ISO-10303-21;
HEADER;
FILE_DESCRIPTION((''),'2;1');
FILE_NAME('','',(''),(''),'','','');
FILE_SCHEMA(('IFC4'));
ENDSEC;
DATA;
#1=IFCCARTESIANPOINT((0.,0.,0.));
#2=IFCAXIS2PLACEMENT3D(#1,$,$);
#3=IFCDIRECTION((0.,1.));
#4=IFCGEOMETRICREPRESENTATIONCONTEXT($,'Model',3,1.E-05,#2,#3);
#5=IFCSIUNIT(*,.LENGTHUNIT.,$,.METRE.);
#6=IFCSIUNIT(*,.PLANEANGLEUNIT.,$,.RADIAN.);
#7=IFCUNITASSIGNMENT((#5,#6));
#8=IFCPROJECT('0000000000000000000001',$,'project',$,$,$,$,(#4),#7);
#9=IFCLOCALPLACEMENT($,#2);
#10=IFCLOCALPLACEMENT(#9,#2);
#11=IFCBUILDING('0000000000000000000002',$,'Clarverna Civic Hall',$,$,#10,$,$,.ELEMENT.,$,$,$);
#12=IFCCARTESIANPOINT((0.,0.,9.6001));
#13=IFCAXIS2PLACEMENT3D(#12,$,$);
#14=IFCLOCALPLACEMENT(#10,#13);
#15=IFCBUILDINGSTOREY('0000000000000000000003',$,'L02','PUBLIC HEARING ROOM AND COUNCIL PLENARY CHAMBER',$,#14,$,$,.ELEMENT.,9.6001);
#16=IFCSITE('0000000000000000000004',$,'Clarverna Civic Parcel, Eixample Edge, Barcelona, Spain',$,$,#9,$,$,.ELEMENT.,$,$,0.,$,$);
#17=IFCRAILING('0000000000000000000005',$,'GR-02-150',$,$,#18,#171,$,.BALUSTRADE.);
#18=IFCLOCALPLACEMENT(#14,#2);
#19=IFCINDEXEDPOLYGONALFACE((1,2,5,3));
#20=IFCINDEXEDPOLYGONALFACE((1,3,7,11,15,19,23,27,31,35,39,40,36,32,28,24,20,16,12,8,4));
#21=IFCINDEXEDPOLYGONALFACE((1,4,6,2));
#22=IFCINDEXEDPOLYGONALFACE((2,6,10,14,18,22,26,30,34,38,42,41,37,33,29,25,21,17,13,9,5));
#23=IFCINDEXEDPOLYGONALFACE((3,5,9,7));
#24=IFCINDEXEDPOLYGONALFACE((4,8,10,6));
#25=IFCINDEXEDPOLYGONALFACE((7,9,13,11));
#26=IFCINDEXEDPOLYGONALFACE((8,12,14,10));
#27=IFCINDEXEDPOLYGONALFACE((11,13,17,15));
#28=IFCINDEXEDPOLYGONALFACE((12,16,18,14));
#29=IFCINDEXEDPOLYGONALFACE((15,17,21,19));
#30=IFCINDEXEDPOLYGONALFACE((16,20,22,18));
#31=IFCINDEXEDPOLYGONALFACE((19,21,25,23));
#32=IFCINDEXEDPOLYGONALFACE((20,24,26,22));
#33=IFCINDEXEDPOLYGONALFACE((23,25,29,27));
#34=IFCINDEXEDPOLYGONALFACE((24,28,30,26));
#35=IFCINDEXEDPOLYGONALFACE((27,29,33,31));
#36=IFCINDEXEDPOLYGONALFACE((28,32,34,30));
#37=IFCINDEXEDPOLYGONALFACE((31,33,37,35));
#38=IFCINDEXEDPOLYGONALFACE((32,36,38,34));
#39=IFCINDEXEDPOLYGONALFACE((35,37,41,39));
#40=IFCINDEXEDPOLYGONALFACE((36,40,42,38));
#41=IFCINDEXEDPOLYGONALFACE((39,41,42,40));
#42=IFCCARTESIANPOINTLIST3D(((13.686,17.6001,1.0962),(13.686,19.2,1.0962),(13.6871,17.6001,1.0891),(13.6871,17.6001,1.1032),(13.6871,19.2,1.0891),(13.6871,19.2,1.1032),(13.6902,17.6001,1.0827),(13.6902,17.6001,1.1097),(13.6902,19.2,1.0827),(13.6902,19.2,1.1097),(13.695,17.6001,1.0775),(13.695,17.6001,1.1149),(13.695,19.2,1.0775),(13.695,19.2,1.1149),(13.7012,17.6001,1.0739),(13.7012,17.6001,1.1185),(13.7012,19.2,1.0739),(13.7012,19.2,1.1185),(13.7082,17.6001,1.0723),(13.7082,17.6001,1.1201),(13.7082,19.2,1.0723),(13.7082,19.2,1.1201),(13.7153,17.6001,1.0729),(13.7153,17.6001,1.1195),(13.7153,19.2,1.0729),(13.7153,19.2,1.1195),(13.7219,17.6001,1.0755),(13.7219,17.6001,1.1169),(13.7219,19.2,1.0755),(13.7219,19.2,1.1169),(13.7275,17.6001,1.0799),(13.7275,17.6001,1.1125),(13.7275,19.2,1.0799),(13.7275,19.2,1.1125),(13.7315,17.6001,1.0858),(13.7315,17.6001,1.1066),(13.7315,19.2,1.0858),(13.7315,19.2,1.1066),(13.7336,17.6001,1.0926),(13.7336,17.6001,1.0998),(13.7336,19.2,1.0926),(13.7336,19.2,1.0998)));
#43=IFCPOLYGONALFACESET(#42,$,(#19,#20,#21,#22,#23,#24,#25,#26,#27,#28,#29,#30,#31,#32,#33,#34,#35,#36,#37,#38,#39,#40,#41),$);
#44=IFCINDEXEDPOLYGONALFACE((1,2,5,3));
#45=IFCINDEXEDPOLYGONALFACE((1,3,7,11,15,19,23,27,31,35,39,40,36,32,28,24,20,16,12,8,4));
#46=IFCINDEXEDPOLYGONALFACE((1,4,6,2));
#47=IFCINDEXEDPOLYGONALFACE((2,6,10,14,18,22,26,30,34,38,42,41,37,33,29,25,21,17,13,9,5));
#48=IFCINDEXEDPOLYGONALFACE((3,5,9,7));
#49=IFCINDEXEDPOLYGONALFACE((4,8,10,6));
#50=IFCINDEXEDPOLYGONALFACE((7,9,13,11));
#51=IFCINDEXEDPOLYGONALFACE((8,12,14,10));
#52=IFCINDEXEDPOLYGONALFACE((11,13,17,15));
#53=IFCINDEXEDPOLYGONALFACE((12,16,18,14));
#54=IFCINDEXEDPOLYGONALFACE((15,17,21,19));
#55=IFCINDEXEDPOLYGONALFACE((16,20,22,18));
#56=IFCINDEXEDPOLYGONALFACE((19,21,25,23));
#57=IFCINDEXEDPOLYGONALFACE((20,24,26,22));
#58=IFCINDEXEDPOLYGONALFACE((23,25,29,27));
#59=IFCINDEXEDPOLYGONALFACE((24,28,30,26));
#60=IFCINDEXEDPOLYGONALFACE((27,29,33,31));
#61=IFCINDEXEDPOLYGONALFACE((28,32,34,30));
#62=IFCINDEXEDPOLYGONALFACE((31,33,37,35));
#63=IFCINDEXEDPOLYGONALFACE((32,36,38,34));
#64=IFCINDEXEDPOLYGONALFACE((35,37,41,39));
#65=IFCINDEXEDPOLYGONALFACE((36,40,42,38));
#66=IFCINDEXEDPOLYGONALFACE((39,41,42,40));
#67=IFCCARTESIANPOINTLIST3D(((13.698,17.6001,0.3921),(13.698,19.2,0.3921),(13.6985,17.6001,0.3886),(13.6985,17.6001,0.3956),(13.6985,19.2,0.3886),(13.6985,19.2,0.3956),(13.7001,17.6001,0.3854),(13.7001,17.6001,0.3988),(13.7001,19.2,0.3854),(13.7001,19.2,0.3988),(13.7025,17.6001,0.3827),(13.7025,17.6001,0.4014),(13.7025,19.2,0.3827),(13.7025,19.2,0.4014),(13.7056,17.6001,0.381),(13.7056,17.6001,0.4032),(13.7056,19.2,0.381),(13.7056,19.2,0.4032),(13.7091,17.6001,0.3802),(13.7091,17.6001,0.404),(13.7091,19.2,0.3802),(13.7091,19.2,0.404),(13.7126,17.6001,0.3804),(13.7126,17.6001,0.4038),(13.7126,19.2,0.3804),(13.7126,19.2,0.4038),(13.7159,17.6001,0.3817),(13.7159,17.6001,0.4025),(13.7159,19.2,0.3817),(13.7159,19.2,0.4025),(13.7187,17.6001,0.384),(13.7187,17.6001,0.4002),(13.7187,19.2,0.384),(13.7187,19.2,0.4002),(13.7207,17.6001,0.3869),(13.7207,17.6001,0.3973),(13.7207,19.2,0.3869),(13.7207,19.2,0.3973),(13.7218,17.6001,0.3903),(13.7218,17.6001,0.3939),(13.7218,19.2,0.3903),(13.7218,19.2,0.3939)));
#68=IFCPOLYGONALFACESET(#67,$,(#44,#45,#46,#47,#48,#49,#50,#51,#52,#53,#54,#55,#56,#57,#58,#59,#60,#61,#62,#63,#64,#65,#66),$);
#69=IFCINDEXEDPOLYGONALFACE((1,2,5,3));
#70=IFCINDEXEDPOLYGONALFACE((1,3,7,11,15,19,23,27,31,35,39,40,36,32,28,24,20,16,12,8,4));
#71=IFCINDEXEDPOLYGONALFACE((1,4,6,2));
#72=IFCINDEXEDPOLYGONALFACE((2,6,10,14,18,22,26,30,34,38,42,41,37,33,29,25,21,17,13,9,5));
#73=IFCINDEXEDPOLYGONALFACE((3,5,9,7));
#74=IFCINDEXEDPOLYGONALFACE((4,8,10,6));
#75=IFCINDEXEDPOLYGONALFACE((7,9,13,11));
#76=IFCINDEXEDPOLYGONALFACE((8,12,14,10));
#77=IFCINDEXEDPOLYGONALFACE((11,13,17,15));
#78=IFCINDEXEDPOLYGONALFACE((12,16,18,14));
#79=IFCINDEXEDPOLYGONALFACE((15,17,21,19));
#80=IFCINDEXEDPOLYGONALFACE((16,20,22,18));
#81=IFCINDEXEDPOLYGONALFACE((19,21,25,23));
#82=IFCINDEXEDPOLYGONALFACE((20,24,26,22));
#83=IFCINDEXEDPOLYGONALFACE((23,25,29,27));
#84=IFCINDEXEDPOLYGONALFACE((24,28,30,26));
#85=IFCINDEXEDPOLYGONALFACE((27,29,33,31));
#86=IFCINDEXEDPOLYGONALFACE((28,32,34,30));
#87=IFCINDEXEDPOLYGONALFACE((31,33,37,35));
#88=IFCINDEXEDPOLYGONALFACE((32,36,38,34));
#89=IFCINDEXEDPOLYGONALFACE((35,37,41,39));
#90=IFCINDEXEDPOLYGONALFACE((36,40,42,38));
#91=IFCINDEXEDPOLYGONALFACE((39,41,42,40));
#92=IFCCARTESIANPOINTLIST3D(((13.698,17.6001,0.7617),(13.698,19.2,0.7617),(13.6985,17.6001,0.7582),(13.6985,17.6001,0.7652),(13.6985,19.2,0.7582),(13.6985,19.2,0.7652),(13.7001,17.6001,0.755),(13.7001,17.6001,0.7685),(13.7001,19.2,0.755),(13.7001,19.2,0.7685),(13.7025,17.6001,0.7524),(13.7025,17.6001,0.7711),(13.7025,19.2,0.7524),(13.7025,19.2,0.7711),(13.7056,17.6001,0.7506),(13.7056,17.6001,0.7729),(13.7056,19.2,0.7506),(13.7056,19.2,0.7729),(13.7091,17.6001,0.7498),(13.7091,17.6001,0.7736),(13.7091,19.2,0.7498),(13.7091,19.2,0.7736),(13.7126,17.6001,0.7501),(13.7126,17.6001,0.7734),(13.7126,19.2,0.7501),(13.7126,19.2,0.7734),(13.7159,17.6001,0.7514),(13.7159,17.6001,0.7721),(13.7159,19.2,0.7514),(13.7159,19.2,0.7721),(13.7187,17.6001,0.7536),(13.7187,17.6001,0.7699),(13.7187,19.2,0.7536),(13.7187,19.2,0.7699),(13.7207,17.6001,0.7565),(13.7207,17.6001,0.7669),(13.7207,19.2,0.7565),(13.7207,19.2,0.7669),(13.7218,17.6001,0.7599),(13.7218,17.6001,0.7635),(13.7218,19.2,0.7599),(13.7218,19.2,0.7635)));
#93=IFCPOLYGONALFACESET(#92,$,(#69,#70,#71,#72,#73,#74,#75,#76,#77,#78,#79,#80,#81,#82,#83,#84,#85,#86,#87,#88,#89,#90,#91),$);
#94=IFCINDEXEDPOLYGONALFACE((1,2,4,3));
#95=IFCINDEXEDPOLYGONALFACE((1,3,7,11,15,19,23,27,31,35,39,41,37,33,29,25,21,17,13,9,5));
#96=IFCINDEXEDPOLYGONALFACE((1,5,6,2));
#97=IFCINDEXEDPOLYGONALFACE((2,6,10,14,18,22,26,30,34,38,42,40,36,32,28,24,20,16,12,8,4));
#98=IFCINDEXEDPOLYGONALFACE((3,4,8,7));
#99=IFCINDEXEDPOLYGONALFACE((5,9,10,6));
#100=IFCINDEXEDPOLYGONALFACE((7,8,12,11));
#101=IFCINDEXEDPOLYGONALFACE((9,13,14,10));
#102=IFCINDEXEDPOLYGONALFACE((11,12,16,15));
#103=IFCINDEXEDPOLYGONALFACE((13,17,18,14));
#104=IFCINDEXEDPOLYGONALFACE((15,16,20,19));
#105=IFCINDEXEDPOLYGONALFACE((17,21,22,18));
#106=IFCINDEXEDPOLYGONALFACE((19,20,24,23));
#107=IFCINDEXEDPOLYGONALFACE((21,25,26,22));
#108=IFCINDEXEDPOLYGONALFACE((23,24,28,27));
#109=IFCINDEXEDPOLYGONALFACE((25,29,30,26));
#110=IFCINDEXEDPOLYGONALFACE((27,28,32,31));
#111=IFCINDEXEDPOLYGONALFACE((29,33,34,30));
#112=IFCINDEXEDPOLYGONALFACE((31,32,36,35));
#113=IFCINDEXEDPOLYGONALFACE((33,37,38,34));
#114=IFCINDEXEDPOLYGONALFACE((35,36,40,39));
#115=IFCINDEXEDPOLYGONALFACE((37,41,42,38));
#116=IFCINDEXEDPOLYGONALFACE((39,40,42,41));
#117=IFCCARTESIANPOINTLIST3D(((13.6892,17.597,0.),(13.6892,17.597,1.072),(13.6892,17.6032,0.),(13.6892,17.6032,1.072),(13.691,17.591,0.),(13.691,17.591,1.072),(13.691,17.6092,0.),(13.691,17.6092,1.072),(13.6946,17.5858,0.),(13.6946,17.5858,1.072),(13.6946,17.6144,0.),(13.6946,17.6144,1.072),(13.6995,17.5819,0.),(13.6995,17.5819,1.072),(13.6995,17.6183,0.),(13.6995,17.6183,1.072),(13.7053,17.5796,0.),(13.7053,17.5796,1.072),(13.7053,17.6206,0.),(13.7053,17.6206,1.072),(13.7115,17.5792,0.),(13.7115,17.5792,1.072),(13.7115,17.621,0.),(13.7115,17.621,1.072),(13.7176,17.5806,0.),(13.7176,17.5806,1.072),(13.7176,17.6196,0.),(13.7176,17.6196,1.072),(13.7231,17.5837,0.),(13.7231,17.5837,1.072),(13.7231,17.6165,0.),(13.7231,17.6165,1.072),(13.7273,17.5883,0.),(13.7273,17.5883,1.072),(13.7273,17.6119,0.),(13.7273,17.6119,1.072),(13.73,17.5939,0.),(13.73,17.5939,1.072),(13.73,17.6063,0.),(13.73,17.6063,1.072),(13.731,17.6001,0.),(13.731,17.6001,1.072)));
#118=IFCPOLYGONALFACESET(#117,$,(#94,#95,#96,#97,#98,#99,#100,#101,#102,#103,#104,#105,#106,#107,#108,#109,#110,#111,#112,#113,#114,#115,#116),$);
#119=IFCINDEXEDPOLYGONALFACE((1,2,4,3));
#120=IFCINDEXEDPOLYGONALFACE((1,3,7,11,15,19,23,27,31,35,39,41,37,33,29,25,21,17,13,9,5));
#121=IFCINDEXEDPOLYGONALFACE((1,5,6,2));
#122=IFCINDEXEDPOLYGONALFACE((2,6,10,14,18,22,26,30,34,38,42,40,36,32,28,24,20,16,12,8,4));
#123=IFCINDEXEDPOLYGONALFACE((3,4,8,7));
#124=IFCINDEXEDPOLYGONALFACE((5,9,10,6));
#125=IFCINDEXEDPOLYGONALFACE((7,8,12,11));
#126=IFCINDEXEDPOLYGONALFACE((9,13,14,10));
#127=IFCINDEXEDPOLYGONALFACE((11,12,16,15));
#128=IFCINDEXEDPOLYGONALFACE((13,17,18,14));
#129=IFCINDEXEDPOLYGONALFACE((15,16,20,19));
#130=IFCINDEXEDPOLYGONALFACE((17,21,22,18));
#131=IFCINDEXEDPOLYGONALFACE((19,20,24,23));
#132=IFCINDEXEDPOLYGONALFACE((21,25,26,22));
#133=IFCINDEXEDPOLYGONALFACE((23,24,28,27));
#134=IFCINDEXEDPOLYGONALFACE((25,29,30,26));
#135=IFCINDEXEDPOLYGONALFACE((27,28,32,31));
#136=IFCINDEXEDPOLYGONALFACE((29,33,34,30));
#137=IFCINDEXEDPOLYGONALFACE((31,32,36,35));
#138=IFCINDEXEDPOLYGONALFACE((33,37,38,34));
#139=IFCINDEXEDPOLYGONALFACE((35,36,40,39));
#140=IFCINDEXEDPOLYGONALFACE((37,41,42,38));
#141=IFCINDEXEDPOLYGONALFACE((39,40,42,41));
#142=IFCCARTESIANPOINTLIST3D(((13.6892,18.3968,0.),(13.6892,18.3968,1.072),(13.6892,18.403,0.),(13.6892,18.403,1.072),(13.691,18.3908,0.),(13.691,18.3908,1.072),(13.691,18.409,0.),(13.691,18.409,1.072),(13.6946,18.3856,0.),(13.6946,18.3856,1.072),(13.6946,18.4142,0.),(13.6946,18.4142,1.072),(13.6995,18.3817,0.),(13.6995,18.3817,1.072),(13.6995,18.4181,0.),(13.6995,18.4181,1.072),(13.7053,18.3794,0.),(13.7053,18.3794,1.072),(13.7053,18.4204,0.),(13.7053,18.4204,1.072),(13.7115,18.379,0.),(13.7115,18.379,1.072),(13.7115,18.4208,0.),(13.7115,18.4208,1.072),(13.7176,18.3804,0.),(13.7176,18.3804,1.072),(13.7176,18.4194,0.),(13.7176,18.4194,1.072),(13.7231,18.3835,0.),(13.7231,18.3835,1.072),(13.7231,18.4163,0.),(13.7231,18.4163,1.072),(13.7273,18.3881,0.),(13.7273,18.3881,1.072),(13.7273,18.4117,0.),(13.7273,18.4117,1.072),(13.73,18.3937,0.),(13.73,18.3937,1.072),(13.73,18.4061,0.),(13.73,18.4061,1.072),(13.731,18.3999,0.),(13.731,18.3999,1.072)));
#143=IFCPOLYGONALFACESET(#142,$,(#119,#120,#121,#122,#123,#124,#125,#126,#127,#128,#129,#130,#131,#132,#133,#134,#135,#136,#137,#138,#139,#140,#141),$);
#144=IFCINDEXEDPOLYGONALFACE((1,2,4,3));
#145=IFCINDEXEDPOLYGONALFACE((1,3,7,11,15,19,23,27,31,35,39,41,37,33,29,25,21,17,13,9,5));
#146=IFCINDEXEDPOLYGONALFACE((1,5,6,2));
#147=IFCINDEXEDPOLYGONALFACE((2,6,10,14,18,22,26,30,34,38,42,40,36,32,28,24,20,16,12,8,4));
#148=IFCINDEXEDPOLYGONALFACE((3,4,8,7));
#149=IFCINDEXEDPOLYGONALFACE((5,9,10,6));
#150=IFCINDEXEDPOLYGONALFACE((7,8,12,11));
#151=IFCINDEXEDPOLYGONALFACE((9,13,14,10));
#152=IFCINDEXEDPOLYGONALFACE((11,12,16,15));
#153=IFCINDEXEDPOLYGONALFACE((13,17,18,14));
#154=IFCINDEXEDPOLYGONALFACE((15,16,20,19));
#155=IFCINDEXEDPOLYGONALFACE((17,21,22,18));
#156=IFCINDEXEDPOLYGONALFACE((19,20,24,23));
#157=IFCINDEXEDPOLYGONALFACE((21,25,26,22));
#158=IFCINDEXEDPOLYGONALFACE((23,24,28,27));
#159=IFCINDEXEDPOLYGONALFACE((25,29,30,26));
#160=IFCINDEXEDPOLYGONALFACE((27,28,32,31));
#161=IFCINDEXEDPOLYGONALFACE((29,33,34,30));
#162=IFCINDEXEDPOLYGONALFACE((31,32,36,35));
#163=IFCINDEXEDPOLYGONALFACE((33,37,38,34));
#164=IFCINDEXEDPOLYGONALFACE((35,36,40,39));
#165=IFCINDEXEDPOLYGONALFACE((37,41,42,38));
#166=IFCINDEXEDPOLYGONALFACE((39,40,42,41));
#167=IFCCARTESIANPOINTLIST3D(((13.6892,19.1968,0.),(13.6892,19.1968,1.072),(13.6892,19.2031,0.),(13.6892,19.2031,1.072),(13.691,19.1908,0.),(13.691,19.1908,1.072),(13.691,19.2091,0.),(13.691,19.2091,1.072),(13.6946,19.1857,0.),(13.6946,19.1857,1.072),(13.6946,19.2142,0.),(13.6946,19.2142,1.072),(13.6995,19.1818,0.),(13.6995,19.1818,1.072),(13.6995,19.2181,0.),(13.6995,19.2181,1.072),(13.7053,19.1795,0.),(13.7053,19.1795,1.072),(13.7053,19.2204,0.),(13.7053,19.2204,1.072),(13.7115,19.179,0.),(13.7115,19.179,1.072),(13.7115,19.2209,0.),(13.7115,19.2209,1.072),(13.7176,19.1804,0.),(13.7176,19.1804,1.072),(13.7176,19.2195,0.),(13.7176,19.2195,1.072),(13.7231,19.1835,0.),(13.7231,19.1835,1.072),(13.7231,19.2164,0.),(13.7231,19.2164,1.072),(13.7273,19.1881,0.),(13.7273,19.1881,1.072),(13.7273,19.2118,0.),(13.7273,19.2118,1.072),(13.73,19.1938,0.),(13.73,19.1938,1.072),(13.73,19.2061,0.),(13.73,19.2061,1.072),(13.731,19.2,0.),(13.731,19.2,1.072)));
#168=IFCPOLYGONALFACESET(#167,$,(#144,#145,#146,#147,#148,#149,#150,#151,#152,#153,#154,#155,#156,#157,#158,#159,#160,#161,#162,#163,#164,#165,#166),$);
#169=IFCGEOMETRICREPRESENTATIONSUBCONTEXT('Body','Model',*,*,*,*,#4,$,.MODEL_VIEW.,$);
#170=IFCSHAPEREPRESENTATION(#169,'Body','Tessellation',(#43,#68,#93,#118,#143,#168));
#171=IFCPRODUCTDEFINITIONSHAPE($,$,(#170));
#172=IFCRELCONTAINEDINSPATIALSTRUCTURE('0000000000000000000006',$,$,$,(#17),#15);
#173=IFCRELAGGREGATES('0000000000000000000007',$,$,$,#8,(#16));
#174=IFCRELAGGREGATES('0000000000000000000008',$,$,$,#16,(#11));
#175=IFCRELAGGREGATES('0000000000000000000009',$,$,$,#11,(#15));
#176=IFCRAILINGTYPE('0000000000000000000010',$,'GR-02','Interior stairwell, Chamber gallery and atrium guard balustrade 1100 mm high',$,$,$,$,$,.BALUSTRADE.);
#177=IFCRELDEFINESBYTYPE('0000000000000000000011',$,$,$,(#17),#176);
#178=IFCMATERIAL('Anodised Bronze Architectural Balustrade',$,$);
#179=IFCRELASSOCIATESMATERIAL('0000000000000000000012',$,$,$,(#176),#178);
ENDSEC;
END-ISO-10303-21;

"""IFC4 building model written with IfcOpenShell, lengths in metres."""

from ifc_helpers import new_model, si_unit, direction, frame, origin, origin_2d, place, context, subcontext, project, spatial, circle, extrude, material, type_object, element, save


model = new_model("IFC4")

# Units and contexts
model_context = context("Model", 3, precision=1e-05, world=origin(), true_north=direction((0.0, 1.0)))
body_context = subcontext(model_context, "Body", "Model", "MODEL_VIEW")
ifc_project = project(units=[si_unit("LENGTHUNIT", "METRE"), si_unit("PLANEANGLEUNIT", "RADIAN")], contexts=[model_context])

# Site, building, storey
site_placement = place(None, origin())
site = spatial("IfcSite", under=ifc_project, at=site_placement, Name="Clarverna Civic Parcel, Eixample Edge, Barcelona, Spain", CompositionType="ELEMENT", RefElevation=0.0)
building_placement = place(site_placement, origin())
building = spatial("IfcBuilding", under=site, at=building_placement, Name="Clarverna Civic Hall", CompositionType="ELEMENT")
storey_placement = place(building_placement, frame((0.0, 0.0, 9.6001)))
storey = spatial("IfcBuildingStorey", under=building, at=storey_placement, Name="L02", Description="PUBLIC HEARING ROOM AND COUNCIL PLENARY CHAMBER", CompositionType="ELEMENT", Elevation=9.6001)

# Railing
ifc_material_1 = material(Name="Anodised Bronze Architectural Balustrade")
railing_type_1 = type_object("IfcRailingType", Name="GR-02", Description="Interior stairwell, Chamber gallery and atrium guard balustrade 1100 mm high", PredefinedType="BALUSTRADE", material=ifc_material_1)
railing_1_placement = place(storey_placement, frame((13.71, 17.6001, 0.0)))
element("IfcRailing", 1, at=railing_1_placement, inside=storey, type_object=railing_type_1, Name="GR-02-150", PredefinedType="BALUSTRADE", context=body_context, shape_type="SweptSolid", body=[
    extrude(circle(Radius=0.0239, at=origin_2d()), frame((0.0, 0.0, 1.0962), z_axis=(0.0, 1.0, 0.0), x_axis=(-1.0, 0.0, 0.0)), (0.0, 0.0, 1.0), 1.5999),
    extrude(circle(Radius=0.012, at=origin_2d()), frame((0.0, 0.0, 0.3921), z_axis=(0.0, 1.0, 0.0), x_axis=(-1.0, 0.0, 0.0)), (0.0, 0.0, 1.0), 1.5999),
    extrude(circle(Radius=0.012, at=origin_2d()), frame((0.0, 0.0, 0.7617), z_axis=(0.0, 1.0, 0.0), x_axis=(-1.0, 0.0, 0.0)), (0.0, 0.0, 1.0), 1.5999),
    extrude(circle(Radius=0.021, at=origin_2d()), origin(), (0.0, 0.0, 1.0), 1.072),
    extrude(circle(Radius=0.021, at=origin_2d()), frame((0.0, 0.7998, 0.0)), (0.0, 0.0, 1.0), 1.072),
    extrude(circle(Radius=0.021, at=origin_2d()), frame((0.0, 1.5999, 0.0)), (0.0, 0.0, 1.0), 1.072),
])

save(model, "model.ifc")
